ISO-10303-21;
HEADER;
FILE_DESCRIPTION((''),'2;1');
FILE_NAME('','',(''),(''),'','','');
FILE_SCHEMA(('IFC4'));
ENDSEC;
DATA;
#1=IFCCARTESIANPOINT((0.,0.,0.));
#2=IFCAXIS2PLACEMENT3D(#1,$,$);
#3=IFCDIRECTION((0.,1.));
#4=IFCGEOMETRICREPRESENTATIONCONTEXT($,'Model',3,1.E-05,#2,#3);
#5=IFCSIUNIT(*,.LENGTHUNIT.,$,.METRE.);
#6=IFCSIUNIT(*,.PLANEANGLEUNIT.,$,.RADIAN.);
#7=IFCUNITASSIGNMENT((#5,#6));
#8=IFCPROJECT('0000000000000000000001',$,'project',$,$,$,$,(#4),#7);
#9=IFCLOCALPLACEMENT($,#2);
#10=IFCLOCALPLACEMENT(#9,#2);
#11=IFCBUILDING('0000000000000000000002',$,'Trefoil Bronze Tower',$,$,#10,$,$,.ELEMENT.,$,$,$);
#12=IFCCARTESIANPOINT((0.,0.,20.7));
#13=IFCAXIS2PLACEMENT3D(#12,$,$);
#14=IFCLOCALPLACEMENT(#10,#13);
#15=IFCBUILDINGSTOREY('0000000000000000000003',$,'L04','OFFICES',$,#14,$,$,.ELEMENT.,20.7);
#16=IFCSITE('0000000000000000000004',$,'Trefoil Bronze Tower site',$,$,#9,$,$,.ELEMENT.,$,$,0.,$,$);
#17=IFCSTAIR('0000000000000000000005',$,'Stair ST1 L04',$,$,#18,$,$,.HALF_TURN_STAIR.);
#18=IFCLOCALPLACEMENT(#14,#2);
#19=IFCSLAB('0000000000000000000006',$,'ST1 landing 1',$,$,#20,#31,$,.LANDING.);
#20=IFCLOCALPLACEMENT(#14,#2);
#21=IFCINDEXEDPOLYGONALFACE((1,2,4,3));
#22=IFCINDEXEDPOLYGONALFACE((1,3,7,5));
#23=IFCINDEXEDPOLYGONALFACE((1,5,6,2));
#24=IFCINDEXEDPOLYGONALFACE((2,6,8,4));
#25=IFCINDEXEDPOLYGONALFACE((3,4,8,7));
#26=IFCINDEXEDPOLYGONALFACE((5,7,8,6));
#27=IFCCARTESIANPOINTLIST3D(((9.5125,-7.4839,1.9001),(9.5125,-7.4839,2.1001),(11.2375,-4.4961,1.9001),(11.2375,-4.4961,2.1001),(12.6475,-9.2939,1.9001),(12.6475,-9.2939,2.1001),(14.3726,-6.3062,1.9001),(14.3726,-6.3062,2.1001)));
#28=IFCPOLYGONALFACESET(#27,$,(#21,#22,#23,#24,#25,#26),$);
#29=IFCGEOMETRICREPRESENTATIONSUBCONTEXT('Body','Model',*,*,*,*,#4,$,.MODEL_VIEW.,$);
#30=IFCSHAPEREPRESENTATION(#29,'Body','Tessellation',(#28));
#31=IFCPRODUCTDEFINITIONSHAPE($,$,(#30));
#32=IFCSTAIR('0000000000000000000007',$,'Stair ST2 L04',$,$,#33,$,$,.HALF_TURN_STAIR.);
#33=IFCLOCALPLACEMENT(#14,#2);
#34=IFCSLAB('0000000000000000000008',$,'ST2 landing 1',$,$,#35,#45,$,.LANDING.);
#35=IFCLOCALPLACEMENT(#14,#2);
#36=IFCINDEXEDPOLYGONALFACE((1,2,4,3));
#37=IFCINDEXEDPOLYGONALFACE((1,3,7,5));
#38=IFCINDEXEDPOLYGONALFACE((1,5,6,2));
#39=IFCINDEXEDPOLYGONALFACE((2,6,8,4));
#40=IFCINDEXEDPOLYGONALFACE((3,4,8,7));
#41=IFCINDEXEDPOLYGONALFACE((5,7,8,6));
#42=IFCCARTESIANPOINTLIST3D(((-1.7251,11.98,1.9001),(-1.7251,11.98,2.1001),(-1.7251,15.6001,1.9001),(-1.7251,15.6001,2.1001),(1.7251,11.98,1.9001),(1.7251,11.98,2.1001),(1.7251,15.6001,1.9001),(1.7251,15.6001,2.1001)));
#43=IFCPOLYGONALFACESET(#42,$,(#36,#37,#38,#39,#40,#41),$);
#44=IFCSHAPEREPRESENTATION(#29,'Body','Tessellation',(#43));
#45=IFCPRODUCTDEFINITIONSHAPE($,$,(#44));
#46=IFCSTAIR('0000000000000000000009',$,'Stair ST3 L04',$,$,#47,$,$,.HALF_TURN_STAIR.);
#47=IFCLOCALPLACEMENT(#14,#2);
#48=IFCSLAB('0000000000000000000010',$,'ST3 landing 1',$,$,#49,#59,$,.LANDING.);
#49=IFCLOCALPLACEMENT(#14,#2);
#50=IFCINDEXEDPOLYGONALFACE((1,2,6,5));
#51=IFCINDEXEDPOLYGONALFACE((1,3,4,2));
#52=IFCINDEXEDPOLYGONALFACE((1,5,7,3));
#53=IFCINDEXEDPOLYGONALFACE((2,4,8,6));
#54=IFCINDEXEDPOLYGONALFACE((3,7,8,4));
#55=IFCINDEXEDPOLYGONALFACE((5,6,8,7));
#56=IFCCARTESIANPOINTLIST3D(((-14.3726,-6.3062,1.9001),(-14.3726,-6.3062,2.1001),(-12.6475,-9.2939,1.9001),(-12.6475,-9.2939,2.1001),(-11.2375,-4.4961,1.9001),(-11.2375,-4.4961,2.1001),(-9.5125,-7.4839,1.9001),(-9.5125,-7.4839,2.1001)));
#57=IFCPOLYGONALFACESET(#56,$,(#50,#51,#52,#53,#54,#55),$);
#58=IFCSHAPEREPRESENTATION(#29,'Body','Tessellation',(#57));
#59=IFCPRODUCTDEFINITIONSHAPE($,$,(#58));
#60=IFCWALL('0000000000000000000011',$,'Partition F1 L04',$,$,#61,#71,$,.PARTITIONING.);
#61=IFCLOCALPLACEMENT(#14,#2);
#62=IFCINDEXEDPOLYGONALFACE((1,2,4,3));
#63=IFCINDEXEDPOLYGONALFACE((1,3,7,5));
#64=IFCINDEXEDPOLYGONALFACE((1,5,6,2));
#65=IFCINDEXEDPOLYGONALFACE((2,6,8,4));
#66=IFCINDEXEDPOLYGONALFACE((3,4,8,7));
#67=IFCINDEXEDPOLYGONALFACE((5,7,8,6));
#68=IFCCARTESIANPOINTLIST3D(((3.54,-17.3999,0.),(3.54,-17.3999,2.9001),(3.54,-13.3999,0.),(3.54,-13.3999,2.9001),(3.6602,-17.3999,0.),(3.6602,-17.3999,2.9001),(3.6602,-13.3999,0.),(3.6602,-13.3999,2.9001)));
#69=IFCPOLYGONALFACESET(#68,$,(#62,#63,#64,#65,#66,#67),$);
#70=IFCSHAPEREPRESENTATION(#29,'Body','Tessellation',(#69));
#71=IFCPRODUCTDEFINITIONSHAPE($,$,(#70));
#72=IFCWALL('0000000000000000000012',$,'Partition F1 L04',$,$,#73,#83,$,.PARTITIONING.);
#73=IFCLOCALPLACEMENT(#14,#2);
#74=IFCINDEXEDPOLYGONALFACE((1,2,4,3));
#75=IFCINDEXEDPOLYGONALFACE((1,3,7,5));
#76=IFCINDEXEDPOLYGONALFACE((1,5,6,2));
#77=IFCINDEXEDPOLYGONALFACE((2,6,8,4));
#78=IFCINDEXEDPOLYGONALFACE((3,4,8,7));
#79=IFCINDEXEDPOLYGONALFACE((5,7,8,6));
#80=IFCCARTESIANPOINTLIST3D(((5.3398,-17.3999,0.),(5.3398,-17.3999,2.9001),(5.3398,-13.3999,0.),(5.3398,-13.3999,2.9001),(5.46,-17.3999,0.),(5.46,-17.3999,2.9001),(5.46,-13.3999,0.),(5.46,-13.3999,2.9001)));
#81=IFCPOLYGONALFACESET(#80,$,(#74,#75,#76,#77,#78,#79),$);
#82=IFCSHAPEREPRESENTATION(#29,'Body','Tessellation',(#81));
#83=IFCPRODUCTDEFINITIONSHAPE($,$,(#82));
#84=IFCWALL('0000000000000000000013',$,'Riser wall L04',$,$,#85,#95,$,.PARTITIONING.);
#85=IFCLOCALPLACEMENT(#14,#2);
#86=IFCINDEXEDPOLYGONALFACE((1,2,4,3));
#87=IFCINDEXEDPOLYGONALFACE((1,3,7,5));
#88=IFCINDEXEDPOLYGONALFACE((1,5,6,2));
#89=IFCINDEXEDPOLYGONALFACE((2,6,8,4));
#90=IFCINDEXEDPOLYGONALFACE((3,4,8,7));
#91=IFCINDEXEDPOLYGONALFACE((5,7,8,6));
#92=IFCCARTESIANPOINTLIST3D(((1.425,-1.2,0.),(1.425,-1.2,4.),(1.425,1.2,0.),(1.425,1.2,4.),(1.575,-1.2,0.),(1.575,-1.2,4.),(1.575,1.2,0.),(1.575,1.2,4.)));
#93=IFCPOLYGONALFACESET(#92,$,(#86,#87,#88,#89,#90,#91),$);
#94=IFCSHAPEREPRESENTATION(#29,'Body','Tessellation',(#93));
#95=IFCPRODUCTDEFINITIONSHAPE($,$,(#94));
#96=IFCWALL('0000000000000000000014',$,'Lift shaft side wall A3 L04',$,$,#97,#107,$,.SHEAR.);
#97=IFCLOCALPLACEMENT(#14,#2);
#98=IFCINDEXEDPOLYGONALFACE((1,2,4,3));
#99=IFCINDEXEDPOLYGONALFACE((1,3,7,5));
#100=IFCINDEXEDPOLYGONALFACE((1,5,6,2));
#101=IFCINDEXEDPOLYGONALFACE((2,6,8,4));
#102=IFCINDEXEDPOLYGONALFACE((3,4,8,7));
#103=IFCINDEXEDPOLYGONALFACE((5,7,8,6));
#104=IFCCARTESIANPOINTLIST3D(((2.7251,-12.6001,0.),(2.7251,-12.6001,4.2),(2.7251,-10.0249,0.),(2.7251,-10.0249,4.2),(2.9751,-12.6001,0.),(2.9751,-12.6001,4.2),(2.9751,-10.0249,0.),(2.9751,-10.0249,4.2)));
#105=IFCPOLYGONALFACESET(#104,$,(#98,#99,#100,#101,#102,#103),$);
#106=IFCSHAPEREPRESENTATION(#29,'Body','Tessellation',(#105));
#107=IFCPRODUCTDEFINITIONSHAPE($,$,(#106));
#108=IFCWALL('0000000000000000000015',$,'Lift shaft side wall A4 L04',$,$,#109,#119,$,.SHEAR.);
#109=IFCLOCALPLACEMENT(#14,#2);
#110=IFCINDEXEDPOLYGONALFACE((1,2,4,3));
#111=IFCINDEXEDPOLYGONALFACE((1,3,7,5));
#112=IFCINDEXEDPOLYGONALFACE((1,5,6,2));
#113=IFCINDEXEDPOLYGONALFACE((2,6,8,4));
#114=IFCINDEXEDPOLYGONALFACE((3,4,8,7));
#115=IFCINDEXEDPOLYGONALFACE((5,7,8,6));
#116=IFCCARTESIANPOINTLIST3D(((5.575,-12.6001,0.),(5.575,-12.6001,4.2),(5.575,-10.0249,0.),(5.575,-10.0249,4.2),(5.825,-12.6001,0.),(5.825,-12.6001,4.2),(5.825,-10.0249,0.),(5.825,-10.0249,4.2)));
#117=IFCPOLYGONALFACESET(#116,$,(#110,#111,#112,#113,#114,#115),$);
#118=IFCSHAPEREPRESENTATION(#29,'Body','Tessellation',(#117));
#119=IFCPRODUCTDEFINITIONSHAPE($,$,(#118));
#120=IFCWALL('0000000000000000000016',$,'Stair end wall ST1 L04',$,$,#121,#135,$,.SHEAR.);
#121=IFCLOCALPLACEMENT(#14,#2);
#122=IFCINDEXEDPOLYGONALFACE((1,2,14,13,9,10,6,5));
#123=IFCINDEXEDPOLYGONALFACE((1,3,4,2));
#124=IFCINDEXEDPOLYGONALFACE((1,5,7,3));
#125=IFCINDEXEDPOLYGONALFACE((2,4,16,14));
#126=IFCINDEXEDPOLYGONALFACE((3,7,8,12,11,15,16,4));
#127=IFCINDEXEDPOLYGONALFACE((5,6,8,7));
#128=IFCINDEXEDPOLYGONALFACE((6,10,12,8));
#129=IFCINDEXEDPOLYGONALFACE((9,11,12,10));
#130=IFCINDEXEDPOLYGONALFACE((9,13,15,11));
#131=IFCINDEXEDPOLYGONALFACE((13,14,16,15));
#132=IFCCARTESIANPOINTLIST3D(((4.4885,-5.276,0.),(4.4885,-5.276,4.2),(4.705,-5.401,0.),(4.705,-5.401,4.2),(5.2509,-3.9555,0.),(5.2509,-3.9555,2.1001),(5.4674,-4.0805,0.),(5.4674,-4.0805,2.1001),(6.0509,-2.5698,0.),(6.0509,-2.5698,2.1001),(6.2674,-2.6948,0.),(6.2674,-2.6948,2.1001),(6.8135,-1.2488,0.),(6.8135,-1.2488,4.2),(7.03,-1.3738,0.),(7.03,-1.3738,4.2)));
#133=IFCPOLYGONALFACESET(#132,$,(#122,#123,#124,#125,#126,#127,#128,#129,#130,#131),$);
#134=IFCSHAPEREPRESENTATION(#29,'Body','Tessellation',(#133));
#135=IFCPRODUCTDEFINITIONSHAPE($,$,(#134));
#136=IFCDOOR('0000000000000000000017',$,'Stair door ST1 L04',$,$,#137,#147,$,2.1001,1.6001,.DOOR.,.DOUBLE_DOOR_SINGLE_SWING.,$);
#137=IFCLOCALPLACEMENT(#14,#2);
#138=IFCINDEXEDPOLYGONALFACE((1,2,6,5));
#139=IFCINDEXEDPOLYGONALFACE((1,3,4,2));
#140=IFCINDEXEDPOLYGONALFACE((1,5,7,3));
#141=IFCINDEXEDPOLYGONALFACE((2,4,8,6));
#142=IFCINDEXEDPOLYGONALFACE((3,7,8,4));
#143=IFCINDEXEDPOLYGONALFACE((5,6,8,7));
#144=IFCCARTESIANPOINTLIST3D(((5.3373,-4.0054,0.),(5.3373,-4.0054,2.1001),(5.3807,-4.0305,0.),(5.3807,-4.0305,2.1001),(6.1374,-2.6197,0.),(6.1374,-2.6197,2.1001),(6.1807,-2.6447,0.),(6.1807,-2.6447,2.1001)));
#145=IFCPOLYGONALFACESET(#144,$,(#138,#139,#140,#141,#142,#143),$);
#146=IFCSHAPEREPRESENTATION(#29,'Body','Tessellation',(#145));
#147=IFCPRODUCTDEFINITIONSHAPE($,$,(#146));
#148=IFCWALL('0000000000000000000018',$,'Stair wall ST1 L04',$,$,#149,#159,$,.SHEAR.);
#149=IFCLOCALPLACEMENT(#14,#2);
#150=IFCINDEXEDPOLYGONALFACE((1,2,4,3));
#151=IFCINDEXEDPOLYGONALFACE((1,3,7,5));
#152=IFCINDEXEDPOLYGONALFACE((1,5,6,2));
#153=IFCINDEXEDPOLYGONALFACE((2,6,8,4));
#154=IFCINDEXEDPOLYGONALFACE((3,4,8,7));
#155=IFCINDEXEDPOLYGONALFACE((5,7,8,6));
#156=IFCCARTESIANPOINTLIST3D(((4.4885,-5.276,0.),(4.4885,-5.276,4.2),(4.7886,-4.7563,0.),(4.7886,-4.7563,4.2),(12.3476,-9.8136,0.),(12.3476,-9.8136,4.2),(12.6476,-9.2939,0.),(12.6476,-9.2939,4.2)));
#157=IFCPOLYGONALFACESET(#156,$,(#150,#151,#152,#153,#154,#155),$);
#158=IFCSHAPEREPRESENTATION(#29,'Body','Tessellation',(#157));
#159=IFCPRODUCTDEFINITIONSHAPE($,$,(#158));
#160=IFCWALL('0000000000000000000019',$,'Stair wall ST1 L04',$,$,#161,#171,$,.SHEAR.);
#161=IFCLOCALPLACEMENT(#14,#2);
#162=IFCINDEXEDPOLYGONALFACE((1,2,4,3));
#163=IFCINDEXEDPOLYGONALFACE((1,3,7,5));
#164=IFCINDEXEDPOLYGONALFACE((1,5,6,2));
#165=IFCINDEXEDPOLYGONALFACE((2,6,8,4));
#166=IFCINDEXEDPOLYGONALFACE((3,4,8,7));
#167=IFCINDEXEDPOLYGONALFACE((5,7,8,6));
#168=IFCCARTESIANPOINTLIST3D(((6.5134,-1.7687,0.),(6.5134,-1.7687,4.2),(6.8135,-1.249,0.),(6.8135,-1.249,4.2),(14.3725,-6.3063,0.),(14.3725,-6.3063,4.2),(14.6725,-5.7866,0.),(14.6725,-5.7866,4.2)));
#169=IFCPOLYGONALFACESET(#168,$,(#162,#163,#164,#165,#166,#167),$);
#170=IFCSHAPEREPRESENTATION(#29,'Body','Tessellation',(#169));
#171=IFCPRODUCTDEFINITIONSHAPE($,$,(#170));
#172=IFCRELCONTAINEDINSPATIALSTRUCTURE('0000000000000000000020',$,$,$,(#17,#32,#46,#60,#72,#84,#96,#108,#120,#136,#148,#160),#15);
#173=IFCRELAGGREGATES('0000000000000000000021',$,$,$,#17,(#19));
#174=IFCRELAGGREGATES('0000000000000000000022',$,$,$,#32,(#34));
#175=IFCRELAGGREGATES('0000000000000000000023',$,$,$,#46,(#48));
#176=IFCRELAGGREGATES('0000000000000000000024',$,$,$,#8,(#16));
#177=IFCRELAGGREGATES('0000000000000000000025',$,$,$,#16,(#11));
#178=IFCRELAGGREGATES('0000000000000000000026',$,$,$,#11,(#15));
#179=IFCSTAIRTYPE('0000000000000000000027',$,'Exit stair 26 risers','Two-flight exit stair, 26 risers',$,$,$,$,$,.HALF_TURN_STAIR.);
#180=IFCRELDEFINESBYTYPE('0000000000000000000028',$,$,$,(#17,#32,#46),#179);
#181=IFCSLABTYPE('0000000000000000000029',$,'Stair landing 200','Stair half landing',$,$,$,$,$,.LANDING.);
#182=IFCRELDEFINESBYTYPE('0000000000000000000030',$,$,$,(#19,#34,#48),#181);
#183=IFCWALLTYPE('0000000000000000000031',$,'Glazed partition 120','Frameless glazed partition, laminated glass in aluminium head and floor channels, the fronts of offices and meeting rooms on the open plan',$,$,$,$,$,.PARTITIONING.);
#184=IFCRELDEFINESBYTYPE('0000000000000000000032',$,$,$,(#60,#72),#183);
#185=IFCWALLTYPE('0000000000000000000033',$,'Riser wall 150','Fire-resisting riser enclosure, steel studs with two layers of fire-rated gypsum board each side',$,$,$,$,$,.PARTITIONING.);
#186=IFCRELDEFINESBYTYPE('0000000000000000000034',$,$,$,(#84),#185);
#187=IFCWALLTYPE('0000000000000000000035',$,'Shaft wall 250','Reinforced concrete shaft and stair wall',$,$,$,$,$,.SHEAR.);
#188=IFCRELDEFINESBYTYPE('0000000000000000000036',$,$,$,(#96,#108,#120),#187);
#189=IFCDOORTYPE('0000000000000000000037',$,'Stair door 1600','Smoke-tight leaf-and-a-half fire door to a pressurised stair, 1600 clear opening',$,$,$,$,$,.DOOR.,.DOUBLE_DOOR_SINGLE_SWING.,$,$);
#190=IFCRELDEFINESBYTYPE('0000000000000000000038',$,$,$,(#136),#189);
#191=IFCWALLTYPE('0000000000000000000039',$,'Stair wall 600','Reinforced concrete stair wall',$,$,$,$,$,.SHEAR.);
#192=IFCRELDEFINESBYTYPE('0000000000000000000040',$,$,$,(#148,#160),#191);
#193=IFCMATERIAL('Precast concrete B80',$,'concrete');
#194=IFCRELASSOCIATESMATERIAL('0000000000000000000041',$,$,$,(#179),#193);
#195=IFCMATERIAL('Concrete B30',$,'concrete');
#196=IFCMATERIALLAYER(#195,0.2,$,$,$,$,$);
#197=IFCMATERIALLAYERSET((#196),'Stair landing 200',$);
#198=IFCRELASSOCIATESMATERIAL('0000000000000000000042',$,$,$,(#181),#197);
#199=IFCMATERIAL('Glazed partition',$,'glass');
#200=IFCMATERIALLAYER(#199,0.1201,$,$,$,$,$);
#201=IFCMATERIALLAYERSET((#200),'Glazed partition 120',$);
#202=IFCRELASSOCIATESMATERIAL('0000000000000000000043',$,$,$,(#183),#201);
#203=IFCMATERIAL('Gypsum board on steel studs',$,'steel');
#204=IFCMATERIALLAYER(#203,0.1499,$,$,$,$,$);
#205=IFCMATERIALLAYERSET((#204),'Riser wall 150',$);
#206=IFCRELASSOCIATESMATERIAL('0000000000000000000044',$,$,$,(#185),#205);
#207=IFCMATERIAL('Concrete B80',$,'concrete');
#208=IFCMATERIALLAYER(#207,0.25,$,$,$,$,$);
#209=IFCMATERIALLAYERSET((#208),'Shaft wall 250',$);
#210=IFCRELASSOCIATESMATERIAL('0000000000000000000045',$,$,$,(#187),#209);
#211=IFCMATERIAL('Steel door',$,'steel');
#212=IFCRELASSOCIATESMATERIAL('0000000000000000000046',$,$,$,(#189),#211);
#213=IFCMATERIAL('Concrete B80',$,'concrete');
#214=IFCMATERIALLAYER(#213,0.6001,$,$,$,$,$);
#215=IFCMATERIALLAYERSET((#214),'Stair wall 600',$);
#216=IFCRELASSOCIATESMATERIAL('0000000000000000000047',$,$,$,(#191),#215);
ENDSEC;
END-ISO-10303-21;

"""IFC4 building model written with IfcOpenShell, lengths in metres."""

from ifc_helpers import new_model, si_unit, direction, frame, frame_2d, origin, place, context, subcontext, project, spatial, polyline, rectangle, outline, extrude, material, layer, layer_set, type_object, element, fill, aggregate, save


model = new_model("IFC4")

# Units and contexts
model_context = context("Model", 3, precision=1e-05, world=origin(), true_north=direction((0.0, 1.0)))
body_context = subcontext(model_context, "Body", "Model", "MODEL_VIEW")
ifc_project = project(units=[si_unit("LENGTHUNIT", "METRE"), si_unit("PLANEANGLEUNIT", "RADIAN")], contexts=[model_context])

# Site, building, storey
site_placement = place(None, origin())
site = spatial("IfcSite", under=ifc_project, at=site_placement, Name="Trefoil Bronze Tower site", CompositionType="ELEMENT", RefElevation=0.0)
building_placement = place(site_placement, origin())
building = spatial("IfcBuilding", under=site, at=building_placement, Name="Trefoil Bronze Tower", CompositionType="ELEMENT")
storey_placement = place(building_placement, frame((0.0, 0.0, 20.7)))
storey = spatial("IfcBuildingStorey", under=building, at=storey_placement, Name="L04", Description="OFFICES", CompositionType="ELEMENT", Elevation=20.7)

# Stairs, slabs
ifc_material_1 = material(Name="Precast concrete B80", Category="concrete")
stair_type = type_object("IfcStairType", Name="Exit stair 26 risers", Description="Two-flight exit stair, 26 risers", PredefinedType="HALF_TURN_STAIR", material=ifc_material_1)
stair_1_placement = place(storey_placement, origin())
stair_1 = element("IfcStair", 1, at=stair_1_placement, inside=storey, type_object=stair_type, Name="Stair ST1 L04", PredefinedType="HALF_TURN_STAIR")
ifc_material_2 = material(Name="Concrete B30", Category="concrete")
ifc_layer_1 = layer(ifc_material_2, 0.2)
ifc_layer_set_1 = layer_set([ifc_layer_1], Name="Stair landing 200")
slab_type = type_object("IfcSlabType", Name="Stair landing 200", Description="Stair half landing", PredefinedType="LANDING", material=ifc_layer_set_1)
slab_1_placement = place(storey_placement, frame((0.0, 0.0, 1.9001)))
slab_1 = element("IfcSlab", 2, at=slab_1_placement, type_object=slab_type, Name="ST1 landing 1", PredefinedType="LANDING", context=body_context, shape_type="SweptSolid", body=[
    extrude(outline(polyline([(9.5125, -7.4839), (12.6475, -9.2939), (14.3726, -6.3062), (11.2375, -4.4961), (9.5125, -7.4839)])), origin(), (0.0, 0.0, 1.0), 0.2),
])
aggregate(stair_1, [slab_1])
stair_2_placement = place(storey_placement, origin())
stair_2 = element("IfcStair", 3, at=stair_2_placement, inside=storey, type_object=stair_type, Name="Stair ST2 L04", PredefinedType="HALF_TURN_STAIR")
slab_2_placement = place(storey_placement, frame((0.0, 0.0, 1.9001)))
slab_2 = element("IfcSlab", 4, at=slab_2_placement, type_object=slab_type, Name="ST2 landing 1", PredefinedType="LANDING", context=body_context, shape_type="SweptSolid", body=[
    extrude(outline(polyline([(1.7251, 11.98), (1.7251, 15.6001), (-1.7251, 15.6001), (-1.7251, 11.98), (1.7251, 11.98)])), origin(), (0.0, 0.0, 1.0), 0.2),
])
aggregate(stair_2, [slab_2])
stair_3_placement = place(storey_placement, origin())
stair_3 = element("IfcStair", 5, at=stair_3_placement, inside=storey, type_object=stair_type, Name="Stair ST3 L04", PredefinedType="HALF_TURN_STAIR")
slab_3_placement = place(storey_placement, frame((0.0, 0.0, 1.9001)))
slab_3 = element("IfcSlab", 6, at=slab_3_placement, type_object=slab_type, Name="ST3 landing 1", PredefinedType="LANDING", context=body_context, shape_type="SweptSolid", body=[
    extrude(outline(polyline([(-11.2375, -4.4961), (-14.3726, -6.3062), (-12.6475, -9.2939), (-9.5125, -7.4839), (-11.2375, -4.4961)])), origin(), (0.0, 0.0, 1.0), 0.2),
])
aggregate(stair_3, [slab_3])

# Walls
ifc_material_3 = material(Name="Glazed partition", Category="glass")
ifc_layer_2 = layer(ifc_material_3, 0.1201)
ifc_layer_set_2 = layer_set([ifc_layer_2], Name="Glazed partition 120")
wall_type_1 = type_object("IfcWallType", Name="Glazed partition 120", Description="Frameless glazed partition, laminated glass in aluminium head and floor channels, the fronts of offices and meeting rooms on the open plan", PredefinedType="PARTITIONING", material=ifc_layer_set_2)
for number, where, z_axis, x_axis, name in (
    (7, (3.6001, -13.3999, 0.0), (0.0, 0.0, 1.0), (0.0, -1.0, 0.0), "Partition F1 L04"),
    (8, (5.3999, -13.3999, 0.0), (0.0, 0.0, 1.0), (0.0, -1.0, 0.0), "Partition F1 L04"),
):
    element("IfcWall", number, at=place(storey_placement, frame(where, z_axis=z_axis, x_axis=x_axis)), inside=storey, type_object=wall_type_1, Name=name, PredefinedType="PARTITIONING", context=body_context, shape_type="SweptSolid", body=[
        extrude(rectangle(XDim=4.0, YDim=0.1201, at=frame_2d((2.0, 0.0))), origin(), (0.0, 0.0, 1.0), 2.9001),
    ])
ifc_material_4 = material(Name="Gypsum board on steel studs", Category="steel")
ifc_layer_3 = layer(ifc_material_4, 0.1499)
ifc_layer_set_3 = layer_set([ifc_layer_3], Name="Riser wall 150")
wall_type_2 = type_object("IfcWallType", Name="Riser wall 150", Description="Fire-resisting riser enclosure, steel studs with two layers of fire-rated gypsum board each side", PredefinedType="PARTITIONING", material=ifc_layer_set_3)
wall_1_placement = place(storey_placement, frame((1.5, -1.2, 0.0), z_axis=(0.0, 0.0, 1.0), x_axis=(0.0, 1.0, 0.0)))
element("IfcWall", 9, at=wall_1_placement, inside=storey, type_object=wall_type_2, Name="Riser wall L04", PredefinedType="PARTITIONING", context=body_context, shape_type="SweptSolid", body=[
    extrude(rectangle(XDim=2.3999, YDim=0.1499, at=frame_2d((1.2, 0.0))), origin(), (0.0, 0.0, 1.0), 4.0),
])
ifc_material_5 = material(Name="Concrete B80", Category="concrete")
ifc_layer_4 = layer(ifc_material_5, 0.25)
ifc_layer_set_4 = layer_set([ifc_layer_4], Name="Shaft wall 250")
wall_type_3 = type_object("IfcWallType", Name="Shaft wall 250", Description="Reinforced concrete shaft and stair wall", PredefinedType="SHEAR", material=ifc_layer_set_4)
for number, where, z_axis, x_axis, name in (
    (10, (2.8501, -10.0249, 0.0), (0.0, 0.0, 1.0), (0.0, -1.0, 0.0), "Lift shaft side wall A3 L04"),
    (11, (5.7, -10.0249, 0.0), (0.0, 0.0, 1.0), (0.0, -1.0, 0.0), "Lift shaft side wall A4 L04"),
):
    element("IfcWall", number, at=place(storey_placement, frame(where, z_axis=z_axis, x_axis=x_axis)), inside=storey, type_object=wall_type_3, Name=name, PredefinedType="SHEAR", context=body_context, shape_type="SweptSolid", body=[
        extrude(rectangle(XDim=2.5752, YDim=0.25, at=frame_2d((1.2876, 0.0))), origin(), (0.0, 0.0, 1.0), 4.2),
    ])

# Wall, opening, door
wall_2_placement = place(storey_placement, frame((4.5967, -5.3386, 0.0), z_axis=(0.0, 0.0, 1.0), x_axis=(0.499985, 0.866034, 0.0)))
wall_2 = element("IfcWall", 12, at=wall_2_placement, inside=storey, type_object=wall_type_3, Name="Stair end wall ST1 L04", PredefinedType="SHEAR", context=body_context, shape_type="SweptSolid", body=[
    extrude(rectangle(XDim=4.6501, YDim=0.25, at=frame_2d((2.3252, 0.0))), origin(), (0.0, 0.0, 1.0), 4.2),
])
opening_placement = place(wall_2_placement, frame((1.5249, 0.0, 0.0)))
opening = element("IfcOpeningElement", 13, at=opening_placement, cuts=wall_2, PredefinedType="OPENING", context=body_context, shape_type="SweptSolid", body=[
    extrude(rectangle(XDim=1.6001, YDim=2.1001, at=frame_2d((0.8, 1.05))), frame((0.0, 0.135, 0.0), z_axis=(0.0, -1.0, 0.0), x_axis=(1.0, 0.0, 0.0)), (0.0, 0.0, 1.0), 0.27),
])
ifc_material_6 = material(Name="Steel door", Category="steel")
door_type = type_object("IfcDoorType", Name="Stair door 1600", Description="Smoke-tight leaf-and-a-half fire door to a pressurised stair, 1600 clear opening", OperationType="DOUBLE_DOOR_SINGLE_SWING", PredefinedType="DOOR", material=ifc_material_6)
door_placement = place(opening_placement, frame((1.6001, 0.0, 0.0), z_axis=(0.0, 0.0, 1.0), x_axis=(-1.0, 0.0, 0.0)))
door = element("IfcDoor", 14, at=door_placement, inside=storey, type_object=door_type, Name="Stair door ST1 L04", OperationType="DOUBLE_DOOR_SINGLE_SWING", OverallHeight=2.1001, OverallWidth=1.6001, PredefinedType="DOOR", context=body_context, shape_type="SweptSolid", body=[
    extrude(rectangle(XDim=1.6001, YDim=2.1001, at=frame_2d((0.8, 1.05))), frame((0.0, 0.0249, 0.0), z_axis=(0.0, -1.0, 0.0), x_axis=(1.0, 0.0, 0.0)), (0.0, 0.0, 1.0), 0.05),
])
fill(opening, door)

# Walls
ifc_material_7 = material(Name="Concrete B80", Category="concrete")
ifc_layer_5 = layer(ifc_material_7, 0.6001)
ifc_layer_set_5 = layer_set([ifc_layer_5], Name="Stair wall 600")
wall_type_4 = type_object("IfcWallType", Name="Stair wall 600", Description="Reinforced concrete stair wall", PredefinedType="SHEAR", material=ifc_layer_set_5)
for number, where, z_axis, x_axis, name in (
    (15, (4.6384, -5.0161, 0.0), (0.0, 0.0, 1.0), (0.866019, -0.50001, 0.0), "Stair wall ST1 L04"),
    (16, (6.6633, -1.5088, 0.0), (0.0, 0.0, 1.0), (0.866019, -0.50001, 0.0), "Stair wall ST1 L04"),
):
    element("IfcWall", number, at=place(storey_placement, frame(where, z_axis=z_axis, x_axis=x_axis)), inside=storey, type_object=wall_type_4, Name=name, PredefinedType="SHEAR", context=body_context, shape_type="SweptSolid", body=[
        extrude(rectangle(XDim=9.075, YDim=0.6001, at=frame_2d((4.5376, 0.0))), origin(), (0.0, 0.0, 1.0), 4.2),
    ])

save(model, "model.ifc")
